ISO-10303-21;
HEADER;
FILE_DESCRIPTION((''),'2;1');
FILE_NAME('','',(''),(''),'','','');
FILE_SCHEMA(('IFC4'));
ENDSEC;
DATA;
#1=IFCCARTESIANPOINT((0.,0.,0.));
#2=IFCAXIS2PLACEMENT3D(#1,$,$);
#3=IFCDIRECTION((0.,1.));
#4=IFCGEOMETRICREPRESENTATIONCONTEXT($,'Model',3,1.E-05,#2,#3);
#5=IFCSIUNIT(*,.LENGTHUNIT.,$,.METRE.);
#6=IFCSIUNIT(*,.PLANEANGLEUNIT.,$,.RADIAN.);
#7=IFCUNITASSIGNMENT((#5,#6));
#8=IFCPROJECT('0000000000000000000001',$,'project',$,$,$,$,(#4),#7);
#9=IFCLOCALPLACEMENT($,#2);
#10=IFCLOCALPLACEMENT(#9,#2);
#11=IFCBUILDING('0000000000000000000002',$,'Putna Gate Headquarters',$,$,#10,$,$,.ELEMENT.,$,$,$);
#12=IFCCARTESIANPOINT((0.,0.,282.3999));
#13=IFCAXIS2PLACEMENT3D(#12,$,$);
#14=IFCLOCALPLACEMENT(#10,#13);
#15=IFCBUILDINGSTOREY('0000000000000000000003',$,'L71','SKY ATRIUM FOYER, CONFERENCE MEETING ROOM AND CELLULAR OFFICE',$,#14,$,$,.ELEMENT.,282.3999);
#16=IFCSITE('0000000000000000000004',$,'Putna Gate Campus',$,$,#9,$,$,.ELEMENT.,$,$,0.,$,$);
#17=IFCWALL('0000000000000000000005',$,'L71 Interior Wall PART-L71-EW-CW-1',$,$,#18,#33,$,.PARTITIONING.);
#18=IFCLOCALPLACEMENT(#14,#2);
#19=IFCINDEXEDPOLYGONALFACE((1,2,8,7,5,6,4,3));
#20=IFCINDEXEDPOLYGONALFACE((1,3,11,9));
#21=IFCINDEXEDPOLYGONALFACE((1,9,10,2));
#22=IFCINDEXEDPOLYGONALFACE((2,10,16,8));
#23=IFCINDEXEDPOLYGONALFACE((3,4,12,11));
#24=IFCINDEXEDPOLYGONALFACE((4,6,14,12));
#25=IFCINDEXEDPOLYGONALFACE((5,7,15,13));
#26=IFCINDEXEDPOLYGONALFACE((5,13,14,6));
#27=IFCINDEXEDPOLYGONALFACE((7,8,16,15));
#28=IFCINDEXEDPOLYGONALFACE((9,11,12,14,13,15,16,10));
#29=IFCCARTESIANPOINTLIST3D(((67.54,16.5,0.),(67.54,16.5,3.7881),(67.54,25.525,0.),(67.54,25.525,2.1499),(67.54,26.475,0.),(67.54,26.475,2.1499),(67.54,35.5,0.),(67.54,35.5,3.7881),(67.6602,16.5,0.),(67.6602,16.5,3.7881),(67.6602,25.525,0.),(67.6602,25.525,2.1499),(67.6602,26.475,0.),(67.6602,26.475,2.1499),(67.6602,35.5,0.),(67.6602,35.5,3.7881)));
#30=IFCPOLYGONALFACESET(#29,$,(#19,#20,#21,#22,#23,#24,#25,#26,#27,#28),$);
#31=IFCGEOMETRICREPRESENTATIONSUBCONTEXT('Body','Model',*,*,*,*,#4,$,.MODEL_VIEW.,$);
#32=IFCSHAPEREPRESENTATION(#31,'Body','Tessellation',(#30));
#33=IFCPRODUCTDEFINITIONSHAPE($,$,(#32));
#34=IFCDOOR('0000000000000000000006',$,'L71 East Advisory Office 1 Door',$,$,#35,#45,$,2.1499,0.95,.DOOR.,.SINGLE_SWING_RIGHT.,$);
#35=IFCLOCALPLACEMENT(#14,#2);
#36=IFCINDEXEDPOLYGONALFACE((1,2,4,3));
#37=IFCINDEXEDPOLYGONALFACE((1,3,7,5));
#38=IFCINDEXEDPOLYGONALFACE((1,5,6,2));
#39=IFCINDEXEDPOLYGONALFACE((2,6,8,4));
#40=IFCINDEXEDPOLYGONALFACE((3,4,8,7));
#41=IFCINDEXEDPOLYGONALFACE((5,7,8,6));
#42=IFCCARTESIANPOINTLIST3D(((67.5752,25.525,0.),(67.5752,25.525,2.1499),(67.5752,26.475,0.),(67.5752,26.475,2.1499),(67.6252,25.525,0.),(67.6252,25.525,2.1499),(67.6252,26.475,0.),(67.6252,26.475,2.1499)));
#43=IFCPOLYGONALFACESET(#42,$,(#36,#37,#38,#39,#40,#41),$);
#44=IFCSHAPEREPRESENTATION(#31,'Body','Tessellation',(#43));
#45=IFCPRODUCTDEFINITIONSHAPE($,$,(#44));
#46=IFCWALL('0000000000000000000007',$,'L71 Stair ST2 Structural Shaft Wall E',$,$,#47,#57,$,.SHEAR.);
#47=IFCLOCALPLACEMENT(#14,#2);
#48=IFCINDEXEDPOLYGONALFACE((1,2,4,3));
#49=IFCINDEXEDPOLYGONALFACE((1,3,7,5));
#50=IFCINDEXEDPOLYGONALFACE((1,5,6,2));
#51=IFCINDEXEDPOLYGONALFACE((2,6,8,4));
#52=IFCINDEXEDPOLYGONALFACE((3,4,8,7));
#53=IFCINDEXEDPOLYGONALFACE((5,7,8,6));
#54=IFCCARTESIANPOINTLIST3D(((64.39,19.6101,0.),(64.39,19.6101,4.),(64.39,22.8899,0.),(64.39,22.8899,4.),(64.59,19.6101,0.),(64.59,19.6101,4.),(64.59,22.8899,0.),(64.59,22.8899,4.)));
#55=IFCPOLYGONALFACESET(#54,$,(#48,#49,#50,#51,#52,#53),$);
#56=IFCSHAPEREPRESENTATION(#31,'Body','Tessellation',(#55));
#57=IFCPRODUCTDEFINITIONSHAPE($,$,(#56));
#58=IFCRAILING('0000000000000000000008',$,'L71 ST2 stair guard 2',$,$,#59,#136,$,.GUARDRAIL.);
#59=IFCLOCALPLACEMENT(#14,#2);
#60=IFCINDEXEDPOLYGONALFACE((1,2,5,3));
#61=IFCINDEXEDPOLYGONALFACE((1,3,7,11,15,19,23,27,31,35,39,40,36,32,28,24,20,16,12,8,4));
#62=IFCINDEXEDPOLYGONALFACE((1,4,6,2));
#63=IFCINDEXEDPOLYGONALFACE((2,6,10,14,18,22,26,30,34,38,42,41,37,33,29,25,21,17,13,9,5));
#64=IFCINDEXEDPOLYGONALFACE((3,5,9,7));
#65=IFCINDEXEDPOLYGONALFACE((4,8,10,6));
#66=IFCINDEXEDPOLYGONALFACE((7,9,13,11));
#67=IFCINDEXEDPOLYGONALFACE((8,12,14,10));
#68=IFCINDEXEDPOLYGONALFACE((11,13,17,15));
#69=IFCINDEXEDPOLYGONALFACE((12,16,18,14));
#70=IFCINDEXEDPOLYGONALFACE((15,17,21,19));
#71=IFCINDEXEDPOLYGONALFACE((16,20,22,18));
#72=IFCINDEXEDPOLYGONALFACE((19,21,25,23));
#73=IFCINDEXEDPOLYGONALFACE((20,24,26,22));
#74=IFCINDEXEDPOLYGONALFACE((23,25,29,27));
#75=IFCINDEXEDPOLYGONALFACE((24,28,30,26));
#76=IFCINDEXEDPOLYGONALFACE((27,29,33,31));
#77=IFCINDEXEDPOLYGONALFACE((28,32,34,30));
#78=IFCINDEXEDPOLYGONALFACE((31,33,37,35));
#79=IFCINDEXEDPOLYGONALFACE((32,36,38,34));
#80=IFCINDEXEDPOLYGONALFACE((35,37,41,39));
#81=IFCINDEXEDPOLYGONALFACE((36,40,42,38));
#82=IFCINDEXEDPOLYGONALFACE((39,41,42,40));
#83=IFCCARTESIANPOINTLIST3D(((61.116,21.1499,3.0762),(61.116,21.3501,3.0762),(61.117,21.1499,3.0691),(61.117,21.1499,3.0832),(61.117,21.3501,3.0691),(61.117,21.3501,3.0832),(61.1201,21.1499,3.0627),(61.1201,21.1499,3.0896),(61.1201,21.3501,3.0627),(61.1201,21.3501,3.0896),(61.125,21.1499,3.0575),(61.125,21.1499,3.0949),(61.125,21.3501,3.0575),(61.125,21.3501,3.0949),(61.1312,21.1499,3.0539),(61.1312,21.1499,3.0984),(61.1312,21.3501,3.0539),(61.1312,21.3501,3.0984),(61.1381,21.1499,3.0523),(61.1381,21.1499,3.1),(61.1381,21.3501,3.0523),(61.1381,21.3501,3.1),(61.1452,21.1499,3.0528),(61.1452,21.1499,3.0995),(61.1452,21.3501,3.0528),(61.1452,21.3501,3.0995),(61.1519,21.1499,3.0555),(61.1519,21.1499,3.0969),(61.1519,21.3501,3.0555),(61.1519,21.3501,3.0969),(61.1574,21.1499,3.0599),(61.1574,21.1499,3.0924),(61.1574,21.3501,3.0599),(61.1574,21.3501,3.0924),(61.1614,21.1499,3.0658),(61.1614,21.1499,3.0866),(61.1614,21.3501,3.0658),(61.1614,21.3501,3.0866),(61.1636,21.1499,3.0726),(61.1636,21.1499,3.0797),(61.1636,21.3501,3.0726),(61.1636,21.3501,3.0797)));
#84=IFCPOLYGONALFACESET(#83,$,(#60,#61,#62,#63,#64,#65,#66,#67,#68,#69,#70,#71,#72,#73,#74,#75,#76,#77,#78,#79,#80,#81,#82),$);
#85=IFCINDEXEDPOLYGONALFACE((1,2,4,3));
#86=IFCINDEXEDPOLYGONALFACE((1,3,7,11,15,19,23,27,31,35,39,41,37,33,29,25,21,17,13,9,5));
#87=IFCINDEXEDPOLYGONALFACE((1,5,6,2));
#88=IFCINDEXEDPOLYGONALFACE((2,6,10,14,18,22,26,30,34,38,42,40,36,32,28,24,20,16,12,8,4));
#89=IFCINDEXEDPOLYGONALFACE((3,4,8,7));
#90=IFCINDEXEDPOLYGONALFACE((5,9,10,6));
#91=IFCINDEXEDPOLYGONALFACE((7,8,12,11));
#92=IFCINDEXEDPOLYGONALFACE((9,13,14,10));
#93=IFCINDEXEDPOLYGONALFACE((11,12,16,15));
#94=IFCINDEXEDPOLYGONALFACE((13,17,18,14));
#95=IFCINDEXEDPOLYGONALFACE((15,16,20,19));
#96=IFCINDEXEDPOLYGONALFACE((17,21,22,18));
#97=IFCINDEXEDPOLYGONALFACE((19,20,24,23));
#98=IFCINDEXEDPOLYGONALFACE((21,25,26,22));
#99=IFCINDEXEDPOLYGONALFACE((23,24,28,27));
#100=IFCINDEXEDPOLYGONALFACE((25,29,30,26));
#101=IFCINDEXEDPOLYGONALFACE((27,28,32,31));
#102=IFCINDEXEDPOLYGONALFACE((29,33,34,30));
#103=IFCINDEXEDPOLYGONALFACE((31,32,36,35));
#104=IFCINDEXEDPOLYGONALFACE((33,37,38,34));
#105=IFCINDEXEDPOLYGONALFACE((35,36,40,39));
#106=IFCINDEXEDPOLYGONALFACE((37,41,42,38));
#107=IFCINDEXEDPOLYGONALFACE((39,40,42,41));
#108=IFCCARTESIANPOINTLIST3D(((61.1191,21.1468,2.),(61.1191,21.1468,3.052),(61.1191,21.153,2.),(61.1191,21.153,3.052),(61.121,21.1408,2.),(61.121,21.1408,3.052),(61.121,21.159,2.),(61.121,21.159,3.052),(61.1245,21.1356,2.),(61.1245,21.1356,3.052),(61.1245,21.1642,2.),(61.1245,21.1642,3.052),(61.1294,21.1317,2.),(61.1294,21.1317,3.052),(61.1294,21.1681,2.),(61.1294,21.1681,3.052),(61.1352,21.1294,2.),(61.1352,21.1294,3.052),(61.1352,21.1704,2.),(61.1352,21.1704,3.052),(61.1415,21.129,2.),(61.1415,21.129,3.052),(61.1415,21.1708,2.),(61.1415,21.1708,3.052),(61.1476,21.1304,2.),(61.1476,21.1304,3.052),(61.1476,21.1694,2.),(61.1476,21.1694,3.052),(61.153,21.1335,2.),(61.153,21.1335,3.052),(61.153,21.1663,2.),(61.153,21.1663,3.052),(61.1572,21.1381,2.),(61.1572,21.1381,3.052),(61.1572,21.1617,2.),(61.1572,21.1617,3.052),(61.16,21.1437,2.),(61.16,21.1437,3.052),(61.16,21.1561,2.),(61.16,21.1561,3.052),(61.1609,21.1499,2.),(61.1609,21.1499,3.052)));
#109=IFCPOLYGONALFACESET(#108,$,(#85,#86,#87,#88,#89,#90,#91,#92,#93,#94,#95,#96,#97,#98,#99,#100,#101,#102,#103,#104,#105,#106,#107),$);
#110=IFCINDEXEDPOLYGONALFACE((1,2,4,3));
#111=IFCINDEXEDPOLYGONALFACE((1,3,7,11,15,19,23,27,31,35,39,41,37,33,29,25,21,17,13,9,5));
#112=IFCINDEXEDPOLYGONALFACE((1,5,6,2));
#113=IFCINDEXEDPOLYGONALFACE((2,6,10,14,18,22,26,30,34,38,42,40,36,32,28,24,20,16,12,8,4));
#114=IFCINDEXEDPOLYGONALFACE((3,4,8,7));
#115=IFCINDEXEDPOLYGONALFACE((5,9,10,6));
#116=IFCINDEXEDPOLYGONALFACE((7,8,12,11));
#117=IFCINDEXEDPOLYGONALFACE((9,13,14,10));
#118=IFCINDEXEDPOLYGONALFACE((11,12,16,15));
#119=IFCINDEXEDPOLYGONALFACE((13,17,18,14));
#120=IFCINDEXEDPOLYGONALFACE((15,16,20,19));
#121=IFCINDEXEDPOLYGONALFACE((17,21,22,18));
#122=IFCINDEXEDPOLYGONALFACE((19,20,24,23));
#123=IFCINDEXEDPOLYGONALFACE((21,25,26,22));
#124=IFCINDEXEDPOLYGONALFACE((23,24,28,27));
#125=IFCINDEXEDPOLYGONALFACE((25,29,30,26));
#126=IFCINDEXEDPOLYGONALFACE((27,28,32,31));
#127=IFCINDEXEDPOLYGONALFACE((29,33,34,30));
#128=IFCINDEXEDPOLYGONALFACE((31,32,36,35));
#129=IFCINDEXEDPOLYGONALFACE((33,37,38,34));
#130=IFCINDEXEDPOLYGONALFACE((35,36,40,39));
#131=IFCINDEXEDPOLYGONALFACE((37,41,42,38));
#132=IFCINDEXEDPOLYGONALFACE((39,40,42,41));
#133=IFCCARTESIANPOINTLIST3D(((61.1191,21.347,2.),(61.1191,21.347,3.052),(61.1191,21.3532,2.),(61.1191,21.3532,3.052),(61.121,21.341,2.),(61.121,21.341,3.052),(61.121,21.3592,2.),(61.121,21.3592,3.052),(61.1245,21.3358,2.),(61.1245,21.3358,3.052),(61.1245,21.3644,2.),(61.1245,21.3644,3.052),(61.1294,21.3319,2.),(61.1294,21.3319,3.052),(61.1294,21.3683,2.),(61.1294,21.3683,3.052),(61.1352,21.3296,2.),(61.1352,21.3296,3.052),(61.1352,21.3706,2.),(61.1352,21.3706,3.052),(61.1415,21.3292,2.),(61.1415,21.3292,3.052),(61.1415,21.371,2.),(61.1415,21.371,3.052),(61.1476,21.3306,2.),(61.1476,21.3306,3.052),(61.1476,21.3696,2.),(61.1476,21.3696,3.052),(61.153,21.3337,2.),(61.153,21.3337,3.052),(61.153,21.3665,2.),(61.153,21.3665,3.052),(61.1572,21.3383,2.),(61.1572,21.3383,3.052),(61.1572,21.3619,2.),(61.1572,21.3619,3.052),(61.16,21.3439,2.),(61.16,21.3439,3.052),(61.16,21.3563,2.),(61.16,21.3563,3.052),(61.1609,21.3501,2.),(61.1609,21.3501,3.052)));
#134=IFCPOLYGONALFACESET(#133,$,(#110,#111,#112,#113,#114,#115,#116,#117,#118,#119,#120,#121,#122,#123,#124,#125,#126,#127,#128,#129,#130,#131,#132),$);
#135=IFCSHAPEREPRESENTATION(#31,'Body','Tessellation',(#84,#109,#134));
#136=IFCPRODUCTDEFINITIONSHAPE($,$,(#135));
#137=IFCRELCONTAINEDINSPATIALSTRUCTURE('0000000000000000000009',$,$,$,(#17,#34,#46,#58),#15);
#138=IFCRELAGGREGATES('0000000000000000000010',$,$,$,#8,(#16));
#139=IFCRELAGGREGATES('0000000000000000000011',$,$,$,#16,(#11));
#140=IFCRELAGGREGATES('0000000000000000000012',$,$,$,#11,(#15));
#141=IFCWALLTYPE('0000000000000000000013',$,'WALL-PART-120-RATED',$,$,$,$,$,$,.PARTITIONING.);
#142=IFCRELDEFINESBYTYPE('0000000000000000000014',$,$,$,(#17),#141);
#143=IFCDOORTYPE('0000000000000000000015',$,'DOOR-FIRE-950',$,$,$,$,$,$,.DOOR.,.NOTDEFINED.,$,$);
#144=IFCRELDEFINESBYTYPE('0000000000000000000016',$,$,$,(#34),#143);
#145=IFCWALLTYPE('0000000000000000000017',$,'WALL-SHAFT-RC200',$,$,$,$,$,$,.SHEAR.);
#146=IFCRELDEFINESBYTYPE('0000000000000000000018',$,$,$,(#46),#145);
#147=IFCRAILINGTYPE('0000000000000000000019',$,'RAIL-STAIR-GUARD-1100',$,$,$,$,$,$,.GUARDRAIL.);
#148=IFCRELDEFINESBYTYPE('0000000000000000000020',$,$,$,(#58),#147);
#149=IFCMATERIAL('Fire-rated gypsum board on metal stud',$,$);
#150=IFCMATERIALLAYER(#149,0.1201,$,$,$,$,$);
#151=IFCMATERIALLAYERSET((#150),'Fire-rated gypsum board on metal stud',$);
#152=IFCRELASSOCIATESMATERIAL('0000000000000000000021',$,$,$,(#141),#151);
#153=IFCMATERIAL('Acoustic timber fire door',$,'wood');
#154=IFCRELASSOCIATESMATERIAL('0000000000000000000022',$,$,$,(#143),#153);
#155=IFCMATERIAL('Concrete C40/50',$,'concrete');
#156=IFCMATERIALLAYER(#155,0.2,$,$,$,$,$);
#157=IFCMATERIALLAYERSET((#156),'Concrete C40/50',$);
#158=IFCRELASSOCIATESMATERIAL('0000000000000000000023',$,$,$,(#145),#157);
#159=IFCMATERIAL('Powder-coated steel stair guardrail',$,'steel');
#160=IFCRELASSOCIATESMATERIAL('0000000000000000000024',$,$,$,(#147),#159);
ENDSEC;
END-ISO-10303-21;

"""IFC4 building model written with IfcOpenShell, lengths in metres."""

from ifc_helpers import new_model, si_unit, direction, frame, frame_2d, origin, origin_2d, place, context, subcontext, project, spatial, rectangle, circle, extrude, material, layer, layer_set, type_object, element, fill, save


model = new_model("IFC4")

# Units and contexts
model_context = context("Model", 3, precision=1e-05, world=origin(), true_north=direction((0.0, 1.0)))
body_context = subcontext(model_context, "Body", "Model", "MODEL_VIEW")
ifc_project = project(units=[si_unit("LENGTHUNIT", "METRE"), si_unit("PLANEANGLEUNIT", "RADIAN")], contexts=[model_context])

# Site, building, storey
site_placement = place(None, origin())
site = spatial("IfcSite", under=ifc_project, at=site_placement, Name="Putna Gate Campus", CompositionType="ELEMENT", RefElevation=0.0)
building_placement = place(site_placement, origin())
building = spatial("IfcBuilding", under=site, at=building_placement, Name="Putna Gate Headquarters", CompositionType="ELEMENT")
storey_placement = place(building_placement, frame((0.0, 0.0, 282.3999)))
storey = spatial("IfcBuildingStorey", under=building, at=storey_placement, Name="L71", Description="SKY ATRIUM FOYER, CONFERENCE MEETING ROOM AND CELLULAR OFFICE", CompositionType="ELEMENT", Elevation=282.3999)

# Wall, opening, door
ifc_material_1 = material(Name="Fire-rated gypsum board on metal stud")
ifc_layer_1 = layer(ifc_material_1, 0.1201)
ifc_layer_set_1 = layer_set([ifc_layer_1], Name="Fire-rated gypsum board on metal stud")
wall_type_1 = type_object("IfcWallType", Name="WALL-PART-120-RATED", PredefinedType="PARTITIONING", material=ifc_layer_set_1)
wall_1_placement = place(storey_placement, frame((67.6001, 16.5, 0.0), z_axis=(0.0, 0.0, 1.0), x_axis=(0.0, 1.0, 0.0)))
wall_1 = element("IfcWall", 1, at=wall_1_placement, inside=storey, type_object=wall_type_1, Name="L71 Interior Wall PART-L71-EW-CW-1", PredefinedType="PARTITIONING", context=body_context, shape_type="SweptSolid", body=[
    extrude(rectangle(XDim=19.0, YDim=0.1201, at=frame_2d((9.5, 0.0))), origin(), (0.0, 0.0, 1.0), 3.7881),
])
opening_1_placement = place(wall_1_placement, frame((9.0249, 0.0, 0.0)))
opening_1 = element("IfcOpeningElement", 2, at=opening_1_placement, cuts=wall_1, PredefinedType="OPENING", context=body_context, shape_type="SweptSolid", body=[
    extrude(rectangle(XDim=0.95, YDim=2.1499, at=frame_2d((0.4751, 1.075))), frame((0.0, 0.0701, 0.0), z_axis=(0.0, -1.0, 0.0), x_axis=(1.0, 0.0, 0.0)), (0.0, 0.0, 1.0), 0.1401),
])
ifc_material_2 = material(Name="Acoustic timber fire door", Category="wood")
door_type_1 = type_object("IfcDoorType", Name="DOOR-FIRE-950", OperationType="NOTDEFINED", PredefinedType="DOOR", material=ifc_material_2)
door_1_placement = place(opening_1_placement, origin())
door_1 = element("IfcDoor", 3, at=door_1_placement, inside=storey, type_object=door_type_1, Name="L71 East Advisory Office 1 Door", OperationType="SINGLE_SWING_RIGHT", OverallHeight=2.1499, OverallWidth=0.95, PredefinedType="DOOR", context=body_context, shape_type="SweptSolid", body=[
    extrude(rectangle(XDim=0.95, YDim=2.1499, at=frame_2d((0.4751, 1.075))), frame((0.0, 0.0249, 0.0), z_axis=(0.0, -1.0, 0.0), x_axis=(1.0, 0.0, 0.0)), (0.0, 0.0, 1.0), 0.05),
])
fill(opening_1, door_1)

# Wall
ifc_material_3 = material(Name="Concrete C40/50", Category="concrete")
ifc_layer_2 = layer(ifc_material_3, 0.2)
ifc_layer_set_2 = layer_set([ifc_layer_2], Name="Concrete C40/50")
wall_type_2 = type_object("IfcWallType", Name="WALL-SHAFT-RC200", PredefinedType="SHEAR", material=ifc_layer_set_2)
wall_2_placement = place(storey_placement, frame((64.49, 19.6101, 0.0), z_axis=(0.0, 0.0, 1.0), x_axis=(0.0, 1.0, 0.0)))
element("IfcWall", 4, at=wall_2_placement, inside=storey, type_object=wall_type_2, Name="L71 Stair ST2 Structural Shaft Wall E", PredefinedType="SHEAR", context=body_context, shape_type="SweptSolid", body=[
    extrude(rectangle(XDim=3.2798, YDim=0.2, at=frame_2d((1.6399, 0.0))), origin(), (0.0, 0.0, 1.0), 4.0),
])

# Railing
ifc_material_4 = material(Name="Powder-coated steel stair guardrail", Category="steel")
railing_type = type_object("IfcRailingType", Name="RAIL-STAIR-GUARD-1100", PredefinedType="GUARDRAIL", material=ifc_material_4)
railing_1_placement = place(storey_placement, frame((61.1399, 21.1499, 2.0)))
element("IfcRailing", 5, at=railing_1_placement, inside=storey, type_object=railing_type, Name="L71 ST2 stair guard 2", PredefinedType="GUARDRAIL", context=body_context, shape_type="SweptSolid", body=[
    extrude(circle(Radius=0.0239, at=origin_2d()), frame((0.0, 0.0, 1.0762), z_axis=(0.0, 1.0, 0.0), x_axis=(-1.0, 0.0, 0.0)), (0.0, 0.0, 1.0), 0.2002),
    extrude(circle(Radius=0.021, at=origin_2d()), origin(), (0.0, 0.0, 1.0), 1.052),
    extrude(circle(Radius=0.021, at=origin_2d()), frame((0.0, 0.2002, 0.0)), (0.0, 0.0, 1.0), 1.052),
])

save(model, "model.ifc")
